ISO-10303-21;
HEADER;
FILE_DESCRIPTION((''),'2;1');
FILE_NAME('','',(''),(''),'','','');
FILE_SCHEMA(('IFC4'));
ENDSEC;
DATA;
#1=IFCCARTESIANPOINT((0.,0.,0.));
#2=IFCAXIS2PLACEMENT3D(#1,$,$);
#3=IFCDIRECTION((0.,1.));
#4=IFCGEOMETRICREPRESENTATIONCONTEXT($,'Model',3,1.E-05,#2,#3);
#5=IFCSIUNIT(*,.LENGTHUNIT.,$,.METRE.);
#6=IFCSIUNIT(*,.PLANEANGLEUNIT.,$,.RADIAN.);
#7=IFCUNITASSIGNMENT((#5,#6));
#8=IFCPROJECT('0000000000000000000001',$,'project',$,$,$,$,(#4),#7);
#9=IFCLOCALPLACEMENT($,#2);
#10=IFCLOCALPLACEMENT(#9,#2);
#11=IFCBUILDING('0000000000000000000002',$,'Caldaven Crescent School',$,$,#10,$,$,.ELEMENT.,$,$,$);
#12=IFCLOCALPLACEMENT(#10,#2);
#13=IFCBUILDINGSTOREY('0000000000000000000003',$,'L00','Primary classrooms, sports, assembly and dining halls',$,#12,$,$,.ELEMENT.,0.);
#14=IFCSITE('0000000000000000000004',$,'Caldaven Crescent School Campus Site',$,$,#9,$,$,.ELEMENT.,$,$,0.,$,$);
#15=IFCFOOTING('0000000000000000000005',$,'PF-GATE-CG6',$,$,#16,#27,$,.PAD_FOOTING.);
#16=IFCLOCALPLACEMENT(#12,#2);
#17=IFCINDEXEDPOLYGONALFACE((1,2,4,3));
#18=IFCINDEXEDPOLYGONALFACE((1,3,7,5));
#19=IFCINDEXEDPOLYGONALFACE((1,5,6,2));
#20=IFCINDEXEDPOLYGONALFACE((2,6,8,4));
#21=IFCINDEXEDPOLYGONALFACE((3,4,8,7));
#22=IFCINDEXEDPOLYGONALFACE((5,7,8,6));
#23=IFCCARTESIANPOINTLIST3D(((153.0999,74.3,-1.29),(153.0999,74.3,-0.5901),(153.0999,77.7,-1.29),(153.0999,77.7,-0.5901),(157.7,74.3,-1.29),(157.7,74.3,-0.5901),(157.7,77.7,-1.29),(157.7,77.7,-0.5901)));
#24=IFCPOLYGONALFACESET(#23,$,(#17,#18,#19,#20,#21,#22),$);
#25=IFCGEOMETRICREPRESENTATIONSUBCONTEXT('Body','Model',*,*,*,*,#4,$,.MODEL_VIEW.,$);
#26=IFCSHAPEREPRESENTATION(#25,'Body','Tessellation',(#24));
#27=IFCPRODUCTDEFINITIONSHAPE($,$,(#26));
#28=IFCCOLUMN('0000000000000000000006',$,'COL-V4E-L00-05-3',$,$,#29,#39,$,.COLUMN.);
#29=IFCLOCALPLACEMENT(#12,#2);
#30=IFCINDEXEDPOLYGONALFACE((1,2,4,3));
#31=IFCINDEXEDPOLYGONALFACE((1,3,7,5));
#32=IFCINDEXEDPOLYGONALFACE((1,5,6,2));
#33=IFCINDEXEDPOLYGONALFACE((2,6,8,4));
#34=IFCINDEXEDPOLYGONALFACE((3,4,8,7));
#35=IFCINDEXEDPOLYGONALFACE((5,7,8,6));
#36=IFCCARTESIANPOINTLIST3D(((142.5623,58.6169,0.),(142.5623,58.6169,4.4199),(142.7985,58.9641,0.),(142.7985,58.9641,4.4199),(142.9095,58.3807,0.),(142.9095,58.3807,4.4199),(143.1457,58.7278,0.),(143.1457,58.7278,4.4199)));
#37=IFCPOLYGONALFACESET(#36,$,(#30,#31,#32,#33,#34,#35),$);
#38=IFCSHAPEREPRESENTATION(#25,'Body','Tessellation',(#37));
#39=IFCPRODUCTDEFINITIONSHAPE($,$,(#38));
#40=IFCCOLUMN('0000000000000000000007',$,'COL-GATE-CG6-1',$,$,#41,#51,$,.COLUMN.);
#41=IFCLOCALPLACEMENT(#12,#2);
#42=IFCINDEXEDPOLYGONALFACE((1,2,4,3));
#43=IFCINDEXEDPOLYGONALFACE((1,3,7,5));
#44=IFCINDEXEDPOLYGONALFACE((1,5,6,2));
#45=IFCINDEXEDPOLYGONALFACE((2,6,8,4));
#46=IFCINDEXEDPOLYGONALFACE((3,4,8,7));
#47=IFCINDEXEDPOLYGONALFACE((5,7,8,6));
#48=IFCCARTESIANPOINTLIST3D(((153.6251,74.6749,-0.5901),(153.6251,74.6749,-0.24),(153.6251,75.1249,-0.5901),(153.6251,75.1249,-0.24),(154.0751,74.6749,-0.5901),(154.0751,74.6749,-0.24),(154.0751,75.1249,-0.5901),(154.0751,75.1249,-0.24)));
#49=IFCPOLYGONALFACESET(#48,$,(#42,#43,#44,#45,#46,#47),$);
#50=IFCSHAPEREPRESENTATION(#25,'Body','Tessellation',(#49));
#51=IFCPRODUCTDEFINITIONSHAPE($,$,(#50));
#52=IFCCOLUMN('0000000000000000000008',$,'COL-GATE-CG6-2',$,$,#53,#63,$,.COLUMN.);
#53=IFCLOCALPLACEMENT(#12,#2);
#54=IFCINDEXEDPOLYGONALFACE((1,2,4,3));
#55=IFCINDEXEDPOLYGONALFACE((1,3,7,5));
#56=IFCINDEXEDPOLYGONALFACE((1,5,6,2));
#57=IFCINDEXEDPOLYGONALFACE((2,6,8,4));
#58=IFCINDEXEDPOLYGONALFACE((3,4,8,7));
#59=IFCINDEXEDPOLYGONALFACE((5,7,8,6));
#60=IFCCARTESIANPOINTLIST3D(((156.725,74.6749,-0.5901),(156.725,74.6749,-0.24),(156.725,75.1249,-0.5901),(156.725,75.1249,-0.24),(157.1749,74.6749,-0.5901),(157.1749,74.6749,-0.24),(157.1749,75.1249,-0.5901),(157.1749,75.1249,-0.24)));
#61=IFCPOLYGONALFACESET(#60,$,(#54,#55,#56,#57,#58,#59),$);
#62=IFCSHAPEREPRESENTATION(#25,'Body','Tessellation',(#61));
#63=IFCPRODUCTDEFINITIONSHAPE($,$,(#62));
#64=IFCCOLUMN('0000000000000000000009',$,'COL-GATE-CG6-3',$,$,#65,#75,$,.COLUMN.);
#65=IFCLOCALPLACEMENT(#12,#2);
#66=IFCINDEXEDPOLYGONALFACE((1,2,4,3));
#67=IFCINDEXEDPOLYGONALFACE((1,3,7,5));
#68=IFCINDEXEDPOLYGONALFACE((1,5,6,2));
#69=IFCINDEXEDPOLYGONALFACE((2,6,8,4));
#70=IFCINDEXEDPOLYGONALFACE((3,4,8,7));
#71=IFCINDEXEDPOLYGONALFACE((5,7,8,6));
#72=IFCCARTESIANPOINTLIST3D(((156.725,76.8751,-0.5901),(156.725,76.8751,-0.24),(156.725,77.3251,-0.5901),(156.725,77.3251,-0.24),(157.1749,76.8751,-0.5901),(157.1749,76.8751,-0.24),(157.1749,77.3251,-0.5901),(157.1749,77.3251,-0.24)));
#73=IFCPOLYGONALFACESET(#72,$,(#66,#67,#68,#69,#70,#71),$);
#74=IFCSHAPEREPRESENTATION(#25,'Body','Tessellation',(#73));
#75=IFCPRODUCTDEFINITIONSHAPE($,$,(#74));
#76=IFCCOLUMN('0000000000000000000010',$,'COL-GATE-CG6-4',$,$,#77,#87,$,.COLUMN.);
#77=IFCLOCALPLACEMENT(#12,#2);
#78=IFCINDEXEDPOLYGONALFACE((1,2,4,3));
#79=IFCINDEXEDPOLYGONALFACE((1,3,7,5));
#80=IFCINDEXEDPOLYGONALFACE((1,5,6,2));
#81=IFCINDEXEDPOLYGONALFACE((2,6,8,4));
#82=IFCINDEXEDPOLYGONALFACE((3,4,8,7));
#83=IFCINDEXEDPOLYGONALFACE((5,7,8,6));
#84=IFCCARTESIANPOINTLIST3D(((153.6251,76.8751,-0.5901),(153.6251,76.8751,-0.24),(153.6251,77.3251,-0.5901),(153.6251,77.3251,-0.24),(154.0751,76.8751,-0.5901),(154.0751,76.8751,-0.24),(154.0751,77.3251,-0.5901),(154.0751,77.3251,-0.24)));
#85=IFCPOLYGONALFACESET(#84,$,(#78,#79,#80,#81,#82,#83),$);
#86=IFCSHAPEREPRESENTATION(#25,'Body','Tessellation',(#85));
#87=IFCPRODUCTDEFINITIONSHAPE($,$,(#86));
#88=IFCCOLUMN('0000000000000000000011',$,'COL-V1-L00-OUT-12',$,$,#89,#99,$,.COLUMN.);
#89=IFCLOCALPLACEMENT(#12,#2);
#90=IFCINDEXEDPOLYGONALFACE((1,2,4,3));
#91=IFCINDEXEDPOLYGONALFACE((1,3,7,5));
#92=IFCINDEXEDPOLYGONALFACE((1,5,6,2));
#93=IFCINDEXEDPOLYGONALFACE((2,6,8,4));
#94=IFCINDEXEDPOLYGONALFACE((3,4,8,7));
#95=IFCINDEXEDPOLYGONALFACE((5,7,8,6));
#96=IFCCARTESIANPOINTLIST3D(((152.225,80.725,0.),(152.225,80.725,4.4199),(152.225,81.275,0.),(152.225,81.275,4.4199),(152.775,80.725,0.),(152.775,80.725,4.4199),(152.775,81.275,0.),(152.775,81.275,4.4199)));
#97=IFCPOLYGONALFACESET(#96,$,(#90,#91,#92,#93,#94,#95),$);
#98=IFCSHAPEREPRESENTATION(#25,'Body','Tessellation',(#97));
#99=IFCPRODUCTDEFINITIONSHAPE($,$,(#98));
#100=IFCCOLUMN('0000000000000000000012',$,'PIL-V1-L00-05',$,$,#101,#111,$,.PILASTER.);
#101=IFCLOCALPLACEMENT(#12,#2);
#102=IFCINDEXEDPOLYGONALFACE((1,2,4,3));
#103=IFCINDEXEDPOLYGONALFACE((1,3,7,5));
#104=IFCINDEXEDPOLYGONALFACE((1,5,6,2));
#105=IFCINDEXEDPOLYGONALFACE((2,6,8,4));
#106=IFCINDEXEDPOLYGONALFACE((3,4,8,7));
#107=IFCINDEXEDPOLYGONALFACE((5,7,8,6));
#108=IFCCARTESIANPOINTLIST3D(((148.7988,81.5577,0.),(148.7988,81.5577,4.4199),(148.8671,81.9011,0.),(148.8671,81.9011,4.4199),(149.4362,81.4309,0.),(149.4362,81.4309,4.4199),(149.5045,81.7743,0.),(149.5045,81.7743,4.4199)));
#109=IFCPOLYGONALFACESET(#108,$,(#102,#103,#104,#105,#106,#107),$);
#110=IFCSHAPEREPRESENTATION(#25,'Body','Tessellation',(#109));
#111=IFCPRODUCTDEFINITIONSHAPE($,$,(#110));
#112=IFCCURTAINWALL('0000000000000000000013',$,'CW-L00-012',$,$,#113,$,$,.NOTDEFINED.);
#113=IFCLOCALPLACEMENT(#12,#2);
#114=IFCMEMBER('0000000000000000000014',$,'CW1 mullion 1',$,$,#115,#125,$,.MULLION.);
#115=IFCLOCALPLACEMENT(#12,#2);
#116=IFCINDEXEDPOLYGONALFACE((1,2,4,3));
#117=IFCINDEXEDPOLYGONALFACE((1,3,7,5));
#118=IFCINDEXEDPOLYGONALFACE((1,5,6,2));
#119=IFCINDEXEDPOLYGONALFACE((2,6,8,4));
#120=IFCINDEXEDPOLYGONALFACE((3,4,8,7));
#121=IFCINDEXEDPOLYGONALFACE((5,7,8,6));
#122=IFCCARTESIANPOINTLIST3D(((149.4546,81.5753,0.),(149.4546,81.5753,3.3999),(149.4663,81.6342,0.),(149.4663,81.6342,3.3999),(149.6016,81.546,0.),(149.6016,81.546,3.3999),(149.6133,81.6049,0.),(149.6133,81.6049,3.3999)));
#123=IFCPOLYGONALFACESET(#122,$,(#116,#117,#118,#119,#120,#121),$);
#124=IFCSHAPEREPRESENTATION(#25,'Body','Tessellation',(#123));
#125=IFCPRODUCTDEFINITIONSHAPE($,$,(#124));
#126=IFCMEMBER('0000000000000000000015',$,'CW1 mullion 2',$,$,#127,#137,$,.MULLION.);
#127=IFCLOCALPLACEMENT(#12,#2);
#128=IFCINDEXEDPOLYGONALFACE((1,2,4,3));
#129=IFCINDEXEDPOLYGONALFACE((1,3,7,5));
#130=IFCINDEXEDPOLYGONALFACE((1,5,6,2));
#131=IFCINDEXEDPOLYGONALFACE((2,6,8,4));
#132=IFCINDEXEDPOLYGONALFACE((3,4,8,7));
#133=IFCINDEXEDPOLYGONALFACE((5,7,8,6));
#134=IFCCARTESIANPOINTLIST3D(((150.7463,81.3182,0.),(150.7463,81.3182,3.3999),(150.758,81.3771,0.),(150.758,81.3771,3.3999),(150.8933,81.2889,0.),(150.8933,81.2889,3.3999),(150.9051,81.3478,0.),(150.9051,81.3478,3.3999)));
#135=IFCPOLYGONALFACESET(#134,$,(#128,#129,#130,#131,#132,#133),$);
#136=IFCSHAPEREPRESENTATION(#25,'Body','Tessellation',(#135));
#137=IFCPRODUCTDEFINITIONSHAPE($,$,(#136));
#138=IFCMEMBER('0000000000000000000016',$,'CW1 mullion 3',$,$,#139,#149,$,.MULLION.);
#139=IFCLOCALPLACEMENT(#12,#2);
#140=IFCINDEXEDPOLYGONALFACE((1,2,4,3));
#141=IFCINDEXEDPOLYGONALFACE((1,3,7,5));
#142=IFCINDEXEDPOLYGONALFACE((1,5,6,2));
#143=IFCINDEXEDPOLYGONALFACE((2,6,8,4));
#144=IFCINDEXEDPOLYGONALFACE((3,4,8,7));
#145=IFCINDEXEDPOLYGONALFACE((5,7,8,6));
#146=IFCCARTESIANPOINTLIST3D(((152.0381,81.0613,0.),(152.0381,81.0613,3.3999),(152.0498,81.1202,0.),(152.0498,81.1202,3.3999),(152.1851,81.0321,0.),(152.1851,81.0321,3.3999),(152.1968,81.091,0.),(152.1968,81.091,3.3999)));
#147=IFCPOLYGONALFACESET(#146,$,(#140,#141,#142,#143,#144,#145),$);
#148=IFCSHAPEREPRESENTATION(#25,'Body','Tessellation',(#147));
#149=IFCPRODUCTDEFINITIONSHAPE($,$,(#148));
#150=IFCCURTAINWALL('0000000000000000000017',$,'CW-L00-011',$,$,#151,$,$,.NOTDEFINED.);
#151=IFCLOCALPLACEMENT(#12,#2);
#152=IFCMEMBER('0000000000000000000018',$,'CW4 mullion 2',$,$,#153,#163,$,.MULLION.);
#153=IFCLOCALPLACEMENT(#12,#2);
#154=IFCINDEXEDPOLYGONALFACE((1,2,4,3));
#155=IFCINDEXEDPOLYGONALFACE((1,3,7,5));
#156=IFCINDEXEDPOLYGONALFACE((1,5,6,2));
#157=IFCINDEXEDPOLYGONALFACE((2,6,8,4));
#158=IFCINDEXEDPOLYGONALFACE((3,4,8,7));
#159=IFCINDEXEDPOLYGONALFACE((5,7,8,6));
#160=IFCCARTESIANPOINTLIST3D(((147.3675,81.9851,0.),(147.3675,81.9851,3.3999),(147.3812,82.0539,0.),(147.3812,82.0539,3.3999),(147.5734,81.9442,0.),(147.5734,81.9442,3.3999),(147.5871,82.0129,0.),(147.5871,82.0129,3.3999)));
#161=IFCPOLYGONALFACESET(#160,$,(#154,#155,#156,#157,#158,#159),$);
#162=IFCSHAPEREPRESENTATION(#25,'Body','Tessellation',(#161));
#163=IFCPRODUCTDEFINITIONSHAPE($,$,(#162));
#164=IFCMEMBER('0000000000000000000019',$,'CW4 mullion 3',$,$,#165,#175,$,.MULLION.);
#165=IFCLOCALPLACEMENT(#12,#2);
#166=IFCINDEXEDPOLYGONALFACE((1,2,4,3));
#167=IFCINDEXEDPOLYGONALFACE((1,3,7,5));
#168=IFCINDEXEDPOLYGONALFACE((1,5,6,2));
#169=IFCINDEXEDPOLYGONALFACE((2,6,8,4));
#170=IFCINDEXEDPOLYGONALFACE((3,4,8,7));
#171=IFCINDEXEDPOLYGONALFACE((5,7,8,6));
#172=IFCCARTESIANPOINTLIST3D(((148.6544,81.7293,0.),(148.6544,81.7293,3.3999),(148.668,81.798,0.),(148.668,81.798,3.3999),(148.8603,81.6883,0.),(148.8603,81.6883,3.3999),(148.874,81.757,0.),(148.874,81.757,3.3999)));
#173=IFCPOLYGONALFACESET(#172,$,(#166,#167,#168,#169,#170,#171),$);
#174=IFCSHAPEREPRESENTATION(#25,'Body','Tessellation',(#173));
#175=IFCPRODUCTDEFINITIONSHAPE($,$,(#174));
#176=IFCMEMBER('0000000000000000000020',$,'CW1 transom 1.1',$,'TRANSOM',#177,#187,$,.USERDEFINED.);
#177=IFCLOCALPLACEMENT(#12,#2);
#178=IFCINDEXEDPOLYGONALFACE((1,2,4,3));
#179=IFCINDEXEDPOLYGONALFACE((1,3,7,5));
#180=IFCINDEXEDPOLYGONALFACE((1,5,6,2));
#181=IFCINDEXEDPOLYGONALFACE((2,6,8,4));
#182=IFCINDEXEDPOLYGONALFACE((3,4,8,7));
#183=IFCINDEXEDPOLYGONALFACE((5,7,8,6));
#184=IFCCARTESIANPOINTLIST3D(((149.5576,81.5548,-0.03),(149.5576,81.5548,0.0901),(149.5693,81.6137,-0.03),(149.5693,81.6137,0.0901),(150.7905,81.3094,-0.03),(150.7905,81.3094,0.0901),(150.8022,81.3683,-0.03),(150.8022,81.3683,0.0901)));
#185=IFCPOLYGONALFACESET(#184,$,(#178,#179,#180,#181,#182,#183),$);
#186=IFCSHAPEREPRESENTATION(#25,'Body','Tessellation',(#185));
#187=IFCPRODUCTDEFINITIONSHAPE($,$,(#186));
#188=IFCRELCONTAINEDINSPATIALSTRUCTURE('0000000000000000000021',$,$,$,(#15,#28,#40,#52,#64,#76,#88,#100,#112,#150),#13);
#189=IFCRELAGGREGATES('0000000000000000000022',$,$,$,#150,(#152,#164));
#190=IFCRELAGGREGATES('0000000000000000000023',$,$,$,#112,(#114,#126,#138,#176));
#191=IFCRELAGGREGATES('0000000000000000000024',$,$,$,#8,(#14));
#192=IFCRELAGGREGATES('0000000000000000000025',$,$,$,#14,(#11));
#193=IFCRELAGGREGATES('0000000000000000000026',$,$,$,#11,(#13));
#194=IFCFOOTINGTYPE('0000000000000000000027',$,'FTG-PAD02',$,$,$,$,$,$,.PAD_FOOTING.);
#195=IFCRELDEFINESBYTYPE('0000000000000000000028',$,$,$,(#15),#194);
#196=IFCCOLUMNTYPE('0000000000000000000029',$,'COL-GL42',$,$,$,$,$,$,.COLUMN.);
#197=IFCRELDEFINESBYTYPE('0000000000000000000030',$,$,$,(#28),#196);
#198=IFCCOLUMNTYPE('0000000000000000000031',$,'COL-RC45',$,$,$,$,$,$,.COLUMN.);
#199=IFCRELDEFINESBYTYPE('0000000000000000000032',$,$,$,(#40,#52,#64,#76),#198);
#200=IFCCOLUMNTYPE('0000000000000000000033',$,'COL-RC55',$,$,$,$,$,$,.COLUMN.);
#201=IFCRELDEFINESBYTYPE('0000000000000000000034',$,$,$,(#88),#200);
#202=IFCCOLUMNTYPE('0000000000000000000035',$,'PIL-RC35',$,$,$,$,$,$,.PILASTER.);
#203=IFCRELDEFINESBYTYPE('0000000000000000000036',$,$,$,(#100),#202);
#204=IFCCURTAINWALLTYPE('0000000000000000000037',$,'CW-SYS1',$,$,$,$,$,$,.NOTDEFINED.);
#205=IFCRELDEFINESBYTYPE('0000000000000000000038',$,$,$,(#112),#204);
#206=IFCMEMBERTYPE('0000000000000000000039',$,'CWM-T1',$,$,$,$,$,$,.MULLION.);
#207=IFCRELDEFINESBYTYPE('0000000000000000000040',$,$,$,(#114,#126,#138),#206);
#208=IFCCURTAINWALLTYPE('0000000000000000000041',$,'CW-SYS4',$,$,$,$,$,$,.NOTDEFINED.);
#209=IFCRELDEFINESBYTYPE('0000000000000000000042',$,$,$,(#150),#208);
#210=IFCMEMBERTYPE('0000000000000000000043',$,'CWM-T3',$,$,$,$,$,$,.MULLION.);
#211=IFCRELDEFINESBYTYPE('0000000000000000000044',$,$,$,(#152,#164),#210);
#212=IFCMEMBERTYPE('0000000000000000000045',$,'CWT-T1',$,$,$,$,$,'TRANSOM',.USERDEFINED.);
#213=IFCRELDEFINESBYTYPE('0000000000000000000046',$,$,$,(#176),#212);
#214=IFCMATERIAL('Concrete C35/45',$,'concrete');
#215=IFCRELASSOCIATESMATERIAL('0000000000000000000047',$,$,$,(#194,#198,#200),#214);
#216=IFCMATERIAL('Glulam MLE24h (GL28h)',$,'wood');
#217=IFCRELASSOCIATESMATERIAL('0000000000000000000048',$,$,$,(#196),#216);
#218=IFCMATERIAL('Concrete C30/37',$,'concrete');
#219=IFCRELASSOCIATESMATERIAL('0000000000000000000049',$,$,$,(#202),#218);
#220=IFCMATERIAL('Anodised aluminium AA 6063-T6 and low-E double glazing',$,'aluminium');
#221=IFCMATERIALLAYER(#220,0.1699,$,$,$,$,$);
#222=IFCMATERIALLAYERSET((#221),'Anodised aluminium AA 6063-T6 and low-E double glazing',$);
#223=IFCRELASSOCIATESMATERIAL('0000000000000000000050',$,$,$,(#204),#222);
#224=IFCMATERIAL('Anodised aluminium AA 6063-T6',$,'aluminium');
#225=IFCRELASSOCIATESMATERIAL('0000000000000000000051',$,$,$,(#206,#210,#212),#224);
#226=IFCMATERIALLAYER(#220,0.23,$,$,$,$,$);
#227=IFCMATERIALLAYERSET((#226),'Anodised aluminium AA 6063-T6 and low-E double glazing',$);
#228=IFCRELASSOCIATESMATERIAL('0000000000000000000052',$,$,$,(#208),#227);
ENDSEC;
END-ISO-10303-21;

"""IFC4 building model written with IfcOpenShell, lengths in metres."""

from ifc_helpers import new_model, si_unit, direction, frame, origin, origin_2d, place, context, subcontext, project, spatial, rectangle, extrude, material, layer, layer_set, material_profile, profile_set, type_object, element, aggregate, save


model = new_model("IFC4")

# Units and contexts
model_context = context("Model", 3, precision=1e-05, world=origin(), true_north=direction((0.0, 1.0)))
body_context = subcontext(model_context, "Body", "Model", "MODEL_VIEW")
ifc_project = project(units=[si_unit("LENGTHUNIT", "METRE"), si_unit("PLANEANGLEUNIT", "RADIAN")], contexts=[model_context])

# Site, building, storey
site_placement = place(None, origin())
site = spatial("IfcSite", under=ifc_project, at=site_placement, Name="Caldaven Crescent School Campus Site", CompositionType="ELEMENT", RefElevation=0.0)
building_placement = place(site_placement, origin())
building = spatial("IfcBuilding", under=site, at=building_placement, Name="Caldaven Crescent School", CompositionType="ELEMENT")
storey_placement = place(building_placement, origin())
storey = spatial("IfcBuildingStorey", under=building, at=storey_placement, Name="L00", Description="Primary classrooms, sports, assembly and dining halls", CompositionType="ELEMENT", Elevation=0.0)

# Footing
ifc_material_1 = material(Name="Concrete C35/45", Category="concrete")
footing_type = type_object("IfcFootingType", Name="FTG-PAD02", PredefinedType="PAD_FOOTING", material=ifc_material_1)
footing_placement = place(storey_placement, frame((155.3999, 76.0, -1.29), z_axis=(0.0, 0.0, 1.0), x_axis=(1.0, 0.0, 0.0)))
element("IfcFooting", 1, at=footing_placement, inside=storey, type_object=footing_type, Name="PF-GATE-CG6", PredefinedType="PAD_FOOTING", context=body_context, shape_type="SweptSolid", body=[
    extrude(rectangle(XDim=4.6001, YDim=3.3999, at=origin_2d()), origin(), (0.0, 0.0, 1.0), 0.7),
])

# Columns
ifc_material_2 = material(Name="Glulam MLE24h (GL28h)", Category="wood")
ifc_material_profile_1 = material_profile(ifc_material_2, rectangle(XDim=0.4199, YDim=0.4199, at=origin_2d()), Name="MLE 420x420")
ifc_profile_set_1 = profile_set([ifc_material_profile_1], Name="Glulam MLE24h (GL28h)")
column_type_1 = type_object("IfcColumnType", Name="COL-GL42", PredefinedType="COLUMN", material=ifc_profile_set_1)
column_1_placement = place(storey_placement, frame((142.854, 58.6724, 0.0), z_axis=(0.0, 0.0, 1.0), x_axis=(0.826786, -0.562516, 0.0)))
element("IfcColumn", 2, at=column_1_placement, inside=storey, type_object=column_type_1, Name="COL-V4E-L00-05-3", PredefinedType="COLUMN", context=body_context, shape_type="SweptSolid", body=[
    extrude(rectangle(XDim=0.4199, YDim=0.4199, at=origin_2d()), origin(), (0.0, 0.0, 1.0), 4.4199),
])
ifc_material_profile_2 = material_profile(ifc_material_1, rectangle(XDim=0.45, YDim=0.45, at=origin_2d()), Name="RC 450x450")
ifc_profile_set_2 = profile_set([ifc_material_profile_2], Name="Concrete C35/45")
column_type_2 = type_object("IfcColumnType", Name="COL-RC45", PredefinedType="COLUMN", material=ifc_profile_set_2)
for number, where, z_axis, x_axis, name in (
    (3, (153.8501, 74.8999, -0.5901), (0.0, 0.0, 1.0), (1.0, 0.0, 0.0), "COL-GATE-CG6-1"),
    (4, (156.95, 74.8999, -0.5901), (0.0, 0.0, 1.0), (1.0, 0.0, 0.0), "COL-GATE-CG6-2"),
    (5, (156.95, 77.1001, -0.5901), (0.0, 0.0, 1.0), (1.0, 0.0, 0.0), "COL-GATE-CG6-3"),
    (6, (153.8501, 77.1001, -0.5901), (0.0, 0.0, 1.0), (1.0, 0.0, 0.0), "COL-GATE-CG6-4"),
):
    element("IfcColumn", number, at=place(storey_placement, frame(where, z_axis=z_axis, x_axis=x_axis)), inside=storey, type_object=column_type_2, Name=name, PredefinedType="COLUMN", context=body_context, shape_type="SweptSolid", body=[
        extrude(rectangle(XDim=0.45, YDim=0.45, at=origin_2d()), origin(), (0.0, 0.0, 1.0), 0.3501),
    ])
ifc_material_profile_3 = material_profile(ifc_material_1, rectangle(XDim=0.55, YDim=0.55, at=origin_2d()), Name="RC 550x550")
ifc_profile_set_3 = profile_set([ifc_material_profile_3], Name="Concrete C35/45")
column_type_3 = type_object("IfcColumnType", Name="COL-RC55", PredefinedType="COLUMN", material=ifc_profile_set_3)
column_2_placement = place(storey_placement, frame((152.5, 81.0, 0.0), z_axis=(0.0, 0.0, 1.0), x_axis=(0.0, -1.0, 0.0)))
element("IfcColumn", 7, at=column_2_placement, inside=storey, type_object=column_type_3, Name="COL-V1-L00-OUT-12", PredefinedType="COLUMN", context=body_context, shape_type="SweptSolid", body=[
    extrude(rectangle(XDim=0.55, YDim=0.55, at=origin_2d()), origin(), (0.0, 0.0, 1.0), 4.4199),
])
ifc_material_3 = material(Name="Concrete C30/37", Category="concrete")
ifc_material_profile_4 = material_profile(ifc_material_3, rectangle(XDim=0.3501, YDim=0.6499, at=origin_2d()), Name="RC 350x650")
ifc_profile_set_4 = profile_set([ifc_material_profile_4], Name="Concrete C30/37")
column_type_4 = type_object("IfcColumnType", Name="PIL-RC35", PredefinedType="PILASTER", material=ifc_profile_set_4)
column_3_placement = place(storey_placement, frame((149.1516, 81.666, 0.0), z_axis=(0.0, 0.0, 1.0), x_axis=(-0.19509, -0.980785, 0.0)))
element("IfcColumn", 8, at=column_3_placement, inside=storey, type_object=column_type_4, Name="PIL-V1-L00-05", PredefinedType="PILASTER", context=body_context, shape_type="SweptSolid", body=[
    extrude(rectangle(XDim=0.3501, YDim=0.6499, at=origin_2d()), origin(), (0.0, 0.0, 1.0), 4.4199),
])

# Curtain walls, members
ifc_material_4 = material(Name="Anodised aluminium AA 6063-T6 and low-E double glazing", Category="aluminium")
ifc_layer_1 = layer(ifc_material_4, 0.1699)
ifc_layer_set_1 = layer_set([ifc_layer_1], Name="Anodised aluminium AA 6063-T6 and low-E double glazing")
curtain_wall_type_1 = type_object("IfcCurtainWallType", Name="CW-SYS1", PredefinedType="NOTDEFINED", material=ifc_layer_set_1)
curtain_wall_1_placement = place(storey_placement, origin())
curtain_wall_1 = element("IfcCurtainWall", 9, at=curtain_wall_1_placement, inside=storey, type_object=curtain_wall_type_1, Name="CW-L00-012", PredefinedType="NOTDEFINED")
ifc_material_5 = material(Name="Anodised aluminium AA 6063-T6", Category="aluminium")
ifc_material_profile_5 = material_profile(ifc_material_5, rectangle(XDim=0.0601, YDim=0.1499, at=origin_2d()), Name="CWM 60x150")
ifc_profile_set_5 = profile_set([ifc_material_profile_5], Name="Anodised aluminium AA 6063-T6")
member_type_1 = type_object("IfcMemberType", Name="CWM-T1", PredefinedType="MULLION", material=ifc_profile_set_5)
member_1_placement = place(storey_placement, frame((149.5339, 81.5901, 0.0), z_axis=(0.0, 0.0, 1.0), x_axis=(0.19509, 0.980785, 0.0)))
member_1 = element("IfcMember", 10, at=member_1_placement, type_object=member_type_1, Name="CW1 mullion 1", PredefinedType="MULLION", context=body_context, shape_type="SweptSolid", body=[
    extrude(rectangle(XDim=0.0601, YDim=0.1499, at=origin_2d()), origin(), (0.0, 0.0, 1.0), 3.3999),
])
member_2_placement = place(storey_placement, frame((150.8257, 81.333, 0.0), z_axis=(0.0, 0.0, 1.0), x_axis=(0.19509, 0.980785, 0.0)))
member_2 = element("IfcMember", 11, at=member_2_placement, type_object=member_type_1, Name="CW1 mullion 2", PredefinedType="MULLION", context=body_context, shape_type="SweptSolid", body=[
    extrude(rectangle(XDim=0.0601, YDim=0.1499, at=origin_2d()), origin(), (0.0, 0.0, 1.0), 3.3999),
])
member_3_placement = place(storey_placement, frame((152.1174, 81.0762, 0.0), z_axis=(0.0, 0.0, 1.0), x_axis=(0.19509, 0.980785, 0.0)))
member_3 = element("IfcMember", 12, at=member_3_placement, type_object=member_type_1, Name="CW1 mullion 3", PredefinedType="MULLION", context=body_context, shape_type="SweptSolid", body=[
    extrude(rectangle(XDim=0.0601, YDim=0.1499, at=origin_2d()), origin(), (0.0, 0.0, 1.0), 3.3999),
])
ifc_layer_2 = layer(ifc_material_4, 0.23)
ifc_layer_set_2 = layer_set([ifc_layer_2], Name="Anodised aluminium AA 6063-T6 and low-E double glazing")
curtain_wall_type_2 = type_object("IfcCurtainWallType", Name="CW-SYS4", PredefinedType="NOTDEFINED", material=ifc_layer_set_2)
curtain_wall_2_placement = place(storey_placement, origin())
curtain_wall_2 = element("IfcCurtainWall", 13, at=curtain_wall_2_placement, inside=storey, type_object=curtain_wall_type_2, Name="CW-L00-011", PredefinedType="NOTDEFINED")
ifc_material_profile_6 = material_profile(ifc_material_5, rectangle(XDim=0.0701, YDim=0.21, at=origin_2d()), Name="CWM 70x210")
ifc_profile_set_6 = profile_set([ifc_material_profile_6], Name="Anodised aluminium AA 6063-T6")
member_type_2 = type_object("IfcMemberType", Name="CWM-T3", PredefinedType="MULLION", material=ifc_profile_set_6)
member_4_placement = place(storey_placement, frame((147.4773, 81.999, 0.0), z_axis=(0.0, 0.0, 1.0), x_axis=(0.19509, 0.980785, 0.0)))
member_4 = element("IfcMember", 14, at=member_4_placement, type_object=member_type_2, Name="CW4 mullion 2", PredefinedType="MULLION", context=body_context, shape_type="SweptSolid", body=[
    extrude(rectangle(XDim=0.0701, YDim=0.21, at=origin_2d()), origin(), (0.0, 0.0, 1.0), 3.3999),
])
member_5_placement = place(storey_placement, frame((148.7642, 81.7432, 0.0), z_axis=(0.0, 0.0, 1.0), x_axis=(0.19509, 0.980785, 0.0)))
member_5 = element("IfcMember", 15, at=member_5_placement, type_object=member_type_2, Name="CW4 mullion 3", PredefinedType="MULLION", context=body_context, shape_type="SweptSolid", body=[
    extrude(rectangle(XDim=0.0701, YDim=0.21, at=origin_2d()), origin(), (0.0, 0.0, 1.0), 3.3999),
])

# Member
ifc_material_profile_7 = material_profile(ifc_material_5, rectangle(XDim=0.0601, YDim=0.1201, at=origin_2d()), Name="CWT 60x120")
ifc_profile_set_7 = profile_set([ifc_material_profile_7], Name="Anodised aluminium AA 6063-T6")
member_type_3 = type_object("IfcMemberType", Name="CWT-T1", ElementType="TRANSOM", PredefinedType="USERDEFINED", material=ifc_profile_set_7)
member_6_placement = place(storey_placement, frame((149.5635, 81.5842, 0.03), z_axis=(0.980767, -0.195182, 0.0), x_axis=(0.195182, 0.980767, 0.0)))
member_6 = element("IfcMember", 16, at=member_6_placement, type_object=member_type_3, Name="CW1 transom 1.1", ObjectType="TRANSOM", PredefinedType="USERDEFINED", context=body_context, shape_type="SweptSolid", body=[
    extrude(rectangle(XDim=0.0601, YDim=0.1201, at=origin_2d()), origin(), (0.0, 0.0, 1.0), 1.2571),
])

aggregate(curtain_wall_2, [member_4, member_5])
aggregate(curtain_wall_1, [member_1, member_2, member_3, member_6])

save(model, "model.ifc")
